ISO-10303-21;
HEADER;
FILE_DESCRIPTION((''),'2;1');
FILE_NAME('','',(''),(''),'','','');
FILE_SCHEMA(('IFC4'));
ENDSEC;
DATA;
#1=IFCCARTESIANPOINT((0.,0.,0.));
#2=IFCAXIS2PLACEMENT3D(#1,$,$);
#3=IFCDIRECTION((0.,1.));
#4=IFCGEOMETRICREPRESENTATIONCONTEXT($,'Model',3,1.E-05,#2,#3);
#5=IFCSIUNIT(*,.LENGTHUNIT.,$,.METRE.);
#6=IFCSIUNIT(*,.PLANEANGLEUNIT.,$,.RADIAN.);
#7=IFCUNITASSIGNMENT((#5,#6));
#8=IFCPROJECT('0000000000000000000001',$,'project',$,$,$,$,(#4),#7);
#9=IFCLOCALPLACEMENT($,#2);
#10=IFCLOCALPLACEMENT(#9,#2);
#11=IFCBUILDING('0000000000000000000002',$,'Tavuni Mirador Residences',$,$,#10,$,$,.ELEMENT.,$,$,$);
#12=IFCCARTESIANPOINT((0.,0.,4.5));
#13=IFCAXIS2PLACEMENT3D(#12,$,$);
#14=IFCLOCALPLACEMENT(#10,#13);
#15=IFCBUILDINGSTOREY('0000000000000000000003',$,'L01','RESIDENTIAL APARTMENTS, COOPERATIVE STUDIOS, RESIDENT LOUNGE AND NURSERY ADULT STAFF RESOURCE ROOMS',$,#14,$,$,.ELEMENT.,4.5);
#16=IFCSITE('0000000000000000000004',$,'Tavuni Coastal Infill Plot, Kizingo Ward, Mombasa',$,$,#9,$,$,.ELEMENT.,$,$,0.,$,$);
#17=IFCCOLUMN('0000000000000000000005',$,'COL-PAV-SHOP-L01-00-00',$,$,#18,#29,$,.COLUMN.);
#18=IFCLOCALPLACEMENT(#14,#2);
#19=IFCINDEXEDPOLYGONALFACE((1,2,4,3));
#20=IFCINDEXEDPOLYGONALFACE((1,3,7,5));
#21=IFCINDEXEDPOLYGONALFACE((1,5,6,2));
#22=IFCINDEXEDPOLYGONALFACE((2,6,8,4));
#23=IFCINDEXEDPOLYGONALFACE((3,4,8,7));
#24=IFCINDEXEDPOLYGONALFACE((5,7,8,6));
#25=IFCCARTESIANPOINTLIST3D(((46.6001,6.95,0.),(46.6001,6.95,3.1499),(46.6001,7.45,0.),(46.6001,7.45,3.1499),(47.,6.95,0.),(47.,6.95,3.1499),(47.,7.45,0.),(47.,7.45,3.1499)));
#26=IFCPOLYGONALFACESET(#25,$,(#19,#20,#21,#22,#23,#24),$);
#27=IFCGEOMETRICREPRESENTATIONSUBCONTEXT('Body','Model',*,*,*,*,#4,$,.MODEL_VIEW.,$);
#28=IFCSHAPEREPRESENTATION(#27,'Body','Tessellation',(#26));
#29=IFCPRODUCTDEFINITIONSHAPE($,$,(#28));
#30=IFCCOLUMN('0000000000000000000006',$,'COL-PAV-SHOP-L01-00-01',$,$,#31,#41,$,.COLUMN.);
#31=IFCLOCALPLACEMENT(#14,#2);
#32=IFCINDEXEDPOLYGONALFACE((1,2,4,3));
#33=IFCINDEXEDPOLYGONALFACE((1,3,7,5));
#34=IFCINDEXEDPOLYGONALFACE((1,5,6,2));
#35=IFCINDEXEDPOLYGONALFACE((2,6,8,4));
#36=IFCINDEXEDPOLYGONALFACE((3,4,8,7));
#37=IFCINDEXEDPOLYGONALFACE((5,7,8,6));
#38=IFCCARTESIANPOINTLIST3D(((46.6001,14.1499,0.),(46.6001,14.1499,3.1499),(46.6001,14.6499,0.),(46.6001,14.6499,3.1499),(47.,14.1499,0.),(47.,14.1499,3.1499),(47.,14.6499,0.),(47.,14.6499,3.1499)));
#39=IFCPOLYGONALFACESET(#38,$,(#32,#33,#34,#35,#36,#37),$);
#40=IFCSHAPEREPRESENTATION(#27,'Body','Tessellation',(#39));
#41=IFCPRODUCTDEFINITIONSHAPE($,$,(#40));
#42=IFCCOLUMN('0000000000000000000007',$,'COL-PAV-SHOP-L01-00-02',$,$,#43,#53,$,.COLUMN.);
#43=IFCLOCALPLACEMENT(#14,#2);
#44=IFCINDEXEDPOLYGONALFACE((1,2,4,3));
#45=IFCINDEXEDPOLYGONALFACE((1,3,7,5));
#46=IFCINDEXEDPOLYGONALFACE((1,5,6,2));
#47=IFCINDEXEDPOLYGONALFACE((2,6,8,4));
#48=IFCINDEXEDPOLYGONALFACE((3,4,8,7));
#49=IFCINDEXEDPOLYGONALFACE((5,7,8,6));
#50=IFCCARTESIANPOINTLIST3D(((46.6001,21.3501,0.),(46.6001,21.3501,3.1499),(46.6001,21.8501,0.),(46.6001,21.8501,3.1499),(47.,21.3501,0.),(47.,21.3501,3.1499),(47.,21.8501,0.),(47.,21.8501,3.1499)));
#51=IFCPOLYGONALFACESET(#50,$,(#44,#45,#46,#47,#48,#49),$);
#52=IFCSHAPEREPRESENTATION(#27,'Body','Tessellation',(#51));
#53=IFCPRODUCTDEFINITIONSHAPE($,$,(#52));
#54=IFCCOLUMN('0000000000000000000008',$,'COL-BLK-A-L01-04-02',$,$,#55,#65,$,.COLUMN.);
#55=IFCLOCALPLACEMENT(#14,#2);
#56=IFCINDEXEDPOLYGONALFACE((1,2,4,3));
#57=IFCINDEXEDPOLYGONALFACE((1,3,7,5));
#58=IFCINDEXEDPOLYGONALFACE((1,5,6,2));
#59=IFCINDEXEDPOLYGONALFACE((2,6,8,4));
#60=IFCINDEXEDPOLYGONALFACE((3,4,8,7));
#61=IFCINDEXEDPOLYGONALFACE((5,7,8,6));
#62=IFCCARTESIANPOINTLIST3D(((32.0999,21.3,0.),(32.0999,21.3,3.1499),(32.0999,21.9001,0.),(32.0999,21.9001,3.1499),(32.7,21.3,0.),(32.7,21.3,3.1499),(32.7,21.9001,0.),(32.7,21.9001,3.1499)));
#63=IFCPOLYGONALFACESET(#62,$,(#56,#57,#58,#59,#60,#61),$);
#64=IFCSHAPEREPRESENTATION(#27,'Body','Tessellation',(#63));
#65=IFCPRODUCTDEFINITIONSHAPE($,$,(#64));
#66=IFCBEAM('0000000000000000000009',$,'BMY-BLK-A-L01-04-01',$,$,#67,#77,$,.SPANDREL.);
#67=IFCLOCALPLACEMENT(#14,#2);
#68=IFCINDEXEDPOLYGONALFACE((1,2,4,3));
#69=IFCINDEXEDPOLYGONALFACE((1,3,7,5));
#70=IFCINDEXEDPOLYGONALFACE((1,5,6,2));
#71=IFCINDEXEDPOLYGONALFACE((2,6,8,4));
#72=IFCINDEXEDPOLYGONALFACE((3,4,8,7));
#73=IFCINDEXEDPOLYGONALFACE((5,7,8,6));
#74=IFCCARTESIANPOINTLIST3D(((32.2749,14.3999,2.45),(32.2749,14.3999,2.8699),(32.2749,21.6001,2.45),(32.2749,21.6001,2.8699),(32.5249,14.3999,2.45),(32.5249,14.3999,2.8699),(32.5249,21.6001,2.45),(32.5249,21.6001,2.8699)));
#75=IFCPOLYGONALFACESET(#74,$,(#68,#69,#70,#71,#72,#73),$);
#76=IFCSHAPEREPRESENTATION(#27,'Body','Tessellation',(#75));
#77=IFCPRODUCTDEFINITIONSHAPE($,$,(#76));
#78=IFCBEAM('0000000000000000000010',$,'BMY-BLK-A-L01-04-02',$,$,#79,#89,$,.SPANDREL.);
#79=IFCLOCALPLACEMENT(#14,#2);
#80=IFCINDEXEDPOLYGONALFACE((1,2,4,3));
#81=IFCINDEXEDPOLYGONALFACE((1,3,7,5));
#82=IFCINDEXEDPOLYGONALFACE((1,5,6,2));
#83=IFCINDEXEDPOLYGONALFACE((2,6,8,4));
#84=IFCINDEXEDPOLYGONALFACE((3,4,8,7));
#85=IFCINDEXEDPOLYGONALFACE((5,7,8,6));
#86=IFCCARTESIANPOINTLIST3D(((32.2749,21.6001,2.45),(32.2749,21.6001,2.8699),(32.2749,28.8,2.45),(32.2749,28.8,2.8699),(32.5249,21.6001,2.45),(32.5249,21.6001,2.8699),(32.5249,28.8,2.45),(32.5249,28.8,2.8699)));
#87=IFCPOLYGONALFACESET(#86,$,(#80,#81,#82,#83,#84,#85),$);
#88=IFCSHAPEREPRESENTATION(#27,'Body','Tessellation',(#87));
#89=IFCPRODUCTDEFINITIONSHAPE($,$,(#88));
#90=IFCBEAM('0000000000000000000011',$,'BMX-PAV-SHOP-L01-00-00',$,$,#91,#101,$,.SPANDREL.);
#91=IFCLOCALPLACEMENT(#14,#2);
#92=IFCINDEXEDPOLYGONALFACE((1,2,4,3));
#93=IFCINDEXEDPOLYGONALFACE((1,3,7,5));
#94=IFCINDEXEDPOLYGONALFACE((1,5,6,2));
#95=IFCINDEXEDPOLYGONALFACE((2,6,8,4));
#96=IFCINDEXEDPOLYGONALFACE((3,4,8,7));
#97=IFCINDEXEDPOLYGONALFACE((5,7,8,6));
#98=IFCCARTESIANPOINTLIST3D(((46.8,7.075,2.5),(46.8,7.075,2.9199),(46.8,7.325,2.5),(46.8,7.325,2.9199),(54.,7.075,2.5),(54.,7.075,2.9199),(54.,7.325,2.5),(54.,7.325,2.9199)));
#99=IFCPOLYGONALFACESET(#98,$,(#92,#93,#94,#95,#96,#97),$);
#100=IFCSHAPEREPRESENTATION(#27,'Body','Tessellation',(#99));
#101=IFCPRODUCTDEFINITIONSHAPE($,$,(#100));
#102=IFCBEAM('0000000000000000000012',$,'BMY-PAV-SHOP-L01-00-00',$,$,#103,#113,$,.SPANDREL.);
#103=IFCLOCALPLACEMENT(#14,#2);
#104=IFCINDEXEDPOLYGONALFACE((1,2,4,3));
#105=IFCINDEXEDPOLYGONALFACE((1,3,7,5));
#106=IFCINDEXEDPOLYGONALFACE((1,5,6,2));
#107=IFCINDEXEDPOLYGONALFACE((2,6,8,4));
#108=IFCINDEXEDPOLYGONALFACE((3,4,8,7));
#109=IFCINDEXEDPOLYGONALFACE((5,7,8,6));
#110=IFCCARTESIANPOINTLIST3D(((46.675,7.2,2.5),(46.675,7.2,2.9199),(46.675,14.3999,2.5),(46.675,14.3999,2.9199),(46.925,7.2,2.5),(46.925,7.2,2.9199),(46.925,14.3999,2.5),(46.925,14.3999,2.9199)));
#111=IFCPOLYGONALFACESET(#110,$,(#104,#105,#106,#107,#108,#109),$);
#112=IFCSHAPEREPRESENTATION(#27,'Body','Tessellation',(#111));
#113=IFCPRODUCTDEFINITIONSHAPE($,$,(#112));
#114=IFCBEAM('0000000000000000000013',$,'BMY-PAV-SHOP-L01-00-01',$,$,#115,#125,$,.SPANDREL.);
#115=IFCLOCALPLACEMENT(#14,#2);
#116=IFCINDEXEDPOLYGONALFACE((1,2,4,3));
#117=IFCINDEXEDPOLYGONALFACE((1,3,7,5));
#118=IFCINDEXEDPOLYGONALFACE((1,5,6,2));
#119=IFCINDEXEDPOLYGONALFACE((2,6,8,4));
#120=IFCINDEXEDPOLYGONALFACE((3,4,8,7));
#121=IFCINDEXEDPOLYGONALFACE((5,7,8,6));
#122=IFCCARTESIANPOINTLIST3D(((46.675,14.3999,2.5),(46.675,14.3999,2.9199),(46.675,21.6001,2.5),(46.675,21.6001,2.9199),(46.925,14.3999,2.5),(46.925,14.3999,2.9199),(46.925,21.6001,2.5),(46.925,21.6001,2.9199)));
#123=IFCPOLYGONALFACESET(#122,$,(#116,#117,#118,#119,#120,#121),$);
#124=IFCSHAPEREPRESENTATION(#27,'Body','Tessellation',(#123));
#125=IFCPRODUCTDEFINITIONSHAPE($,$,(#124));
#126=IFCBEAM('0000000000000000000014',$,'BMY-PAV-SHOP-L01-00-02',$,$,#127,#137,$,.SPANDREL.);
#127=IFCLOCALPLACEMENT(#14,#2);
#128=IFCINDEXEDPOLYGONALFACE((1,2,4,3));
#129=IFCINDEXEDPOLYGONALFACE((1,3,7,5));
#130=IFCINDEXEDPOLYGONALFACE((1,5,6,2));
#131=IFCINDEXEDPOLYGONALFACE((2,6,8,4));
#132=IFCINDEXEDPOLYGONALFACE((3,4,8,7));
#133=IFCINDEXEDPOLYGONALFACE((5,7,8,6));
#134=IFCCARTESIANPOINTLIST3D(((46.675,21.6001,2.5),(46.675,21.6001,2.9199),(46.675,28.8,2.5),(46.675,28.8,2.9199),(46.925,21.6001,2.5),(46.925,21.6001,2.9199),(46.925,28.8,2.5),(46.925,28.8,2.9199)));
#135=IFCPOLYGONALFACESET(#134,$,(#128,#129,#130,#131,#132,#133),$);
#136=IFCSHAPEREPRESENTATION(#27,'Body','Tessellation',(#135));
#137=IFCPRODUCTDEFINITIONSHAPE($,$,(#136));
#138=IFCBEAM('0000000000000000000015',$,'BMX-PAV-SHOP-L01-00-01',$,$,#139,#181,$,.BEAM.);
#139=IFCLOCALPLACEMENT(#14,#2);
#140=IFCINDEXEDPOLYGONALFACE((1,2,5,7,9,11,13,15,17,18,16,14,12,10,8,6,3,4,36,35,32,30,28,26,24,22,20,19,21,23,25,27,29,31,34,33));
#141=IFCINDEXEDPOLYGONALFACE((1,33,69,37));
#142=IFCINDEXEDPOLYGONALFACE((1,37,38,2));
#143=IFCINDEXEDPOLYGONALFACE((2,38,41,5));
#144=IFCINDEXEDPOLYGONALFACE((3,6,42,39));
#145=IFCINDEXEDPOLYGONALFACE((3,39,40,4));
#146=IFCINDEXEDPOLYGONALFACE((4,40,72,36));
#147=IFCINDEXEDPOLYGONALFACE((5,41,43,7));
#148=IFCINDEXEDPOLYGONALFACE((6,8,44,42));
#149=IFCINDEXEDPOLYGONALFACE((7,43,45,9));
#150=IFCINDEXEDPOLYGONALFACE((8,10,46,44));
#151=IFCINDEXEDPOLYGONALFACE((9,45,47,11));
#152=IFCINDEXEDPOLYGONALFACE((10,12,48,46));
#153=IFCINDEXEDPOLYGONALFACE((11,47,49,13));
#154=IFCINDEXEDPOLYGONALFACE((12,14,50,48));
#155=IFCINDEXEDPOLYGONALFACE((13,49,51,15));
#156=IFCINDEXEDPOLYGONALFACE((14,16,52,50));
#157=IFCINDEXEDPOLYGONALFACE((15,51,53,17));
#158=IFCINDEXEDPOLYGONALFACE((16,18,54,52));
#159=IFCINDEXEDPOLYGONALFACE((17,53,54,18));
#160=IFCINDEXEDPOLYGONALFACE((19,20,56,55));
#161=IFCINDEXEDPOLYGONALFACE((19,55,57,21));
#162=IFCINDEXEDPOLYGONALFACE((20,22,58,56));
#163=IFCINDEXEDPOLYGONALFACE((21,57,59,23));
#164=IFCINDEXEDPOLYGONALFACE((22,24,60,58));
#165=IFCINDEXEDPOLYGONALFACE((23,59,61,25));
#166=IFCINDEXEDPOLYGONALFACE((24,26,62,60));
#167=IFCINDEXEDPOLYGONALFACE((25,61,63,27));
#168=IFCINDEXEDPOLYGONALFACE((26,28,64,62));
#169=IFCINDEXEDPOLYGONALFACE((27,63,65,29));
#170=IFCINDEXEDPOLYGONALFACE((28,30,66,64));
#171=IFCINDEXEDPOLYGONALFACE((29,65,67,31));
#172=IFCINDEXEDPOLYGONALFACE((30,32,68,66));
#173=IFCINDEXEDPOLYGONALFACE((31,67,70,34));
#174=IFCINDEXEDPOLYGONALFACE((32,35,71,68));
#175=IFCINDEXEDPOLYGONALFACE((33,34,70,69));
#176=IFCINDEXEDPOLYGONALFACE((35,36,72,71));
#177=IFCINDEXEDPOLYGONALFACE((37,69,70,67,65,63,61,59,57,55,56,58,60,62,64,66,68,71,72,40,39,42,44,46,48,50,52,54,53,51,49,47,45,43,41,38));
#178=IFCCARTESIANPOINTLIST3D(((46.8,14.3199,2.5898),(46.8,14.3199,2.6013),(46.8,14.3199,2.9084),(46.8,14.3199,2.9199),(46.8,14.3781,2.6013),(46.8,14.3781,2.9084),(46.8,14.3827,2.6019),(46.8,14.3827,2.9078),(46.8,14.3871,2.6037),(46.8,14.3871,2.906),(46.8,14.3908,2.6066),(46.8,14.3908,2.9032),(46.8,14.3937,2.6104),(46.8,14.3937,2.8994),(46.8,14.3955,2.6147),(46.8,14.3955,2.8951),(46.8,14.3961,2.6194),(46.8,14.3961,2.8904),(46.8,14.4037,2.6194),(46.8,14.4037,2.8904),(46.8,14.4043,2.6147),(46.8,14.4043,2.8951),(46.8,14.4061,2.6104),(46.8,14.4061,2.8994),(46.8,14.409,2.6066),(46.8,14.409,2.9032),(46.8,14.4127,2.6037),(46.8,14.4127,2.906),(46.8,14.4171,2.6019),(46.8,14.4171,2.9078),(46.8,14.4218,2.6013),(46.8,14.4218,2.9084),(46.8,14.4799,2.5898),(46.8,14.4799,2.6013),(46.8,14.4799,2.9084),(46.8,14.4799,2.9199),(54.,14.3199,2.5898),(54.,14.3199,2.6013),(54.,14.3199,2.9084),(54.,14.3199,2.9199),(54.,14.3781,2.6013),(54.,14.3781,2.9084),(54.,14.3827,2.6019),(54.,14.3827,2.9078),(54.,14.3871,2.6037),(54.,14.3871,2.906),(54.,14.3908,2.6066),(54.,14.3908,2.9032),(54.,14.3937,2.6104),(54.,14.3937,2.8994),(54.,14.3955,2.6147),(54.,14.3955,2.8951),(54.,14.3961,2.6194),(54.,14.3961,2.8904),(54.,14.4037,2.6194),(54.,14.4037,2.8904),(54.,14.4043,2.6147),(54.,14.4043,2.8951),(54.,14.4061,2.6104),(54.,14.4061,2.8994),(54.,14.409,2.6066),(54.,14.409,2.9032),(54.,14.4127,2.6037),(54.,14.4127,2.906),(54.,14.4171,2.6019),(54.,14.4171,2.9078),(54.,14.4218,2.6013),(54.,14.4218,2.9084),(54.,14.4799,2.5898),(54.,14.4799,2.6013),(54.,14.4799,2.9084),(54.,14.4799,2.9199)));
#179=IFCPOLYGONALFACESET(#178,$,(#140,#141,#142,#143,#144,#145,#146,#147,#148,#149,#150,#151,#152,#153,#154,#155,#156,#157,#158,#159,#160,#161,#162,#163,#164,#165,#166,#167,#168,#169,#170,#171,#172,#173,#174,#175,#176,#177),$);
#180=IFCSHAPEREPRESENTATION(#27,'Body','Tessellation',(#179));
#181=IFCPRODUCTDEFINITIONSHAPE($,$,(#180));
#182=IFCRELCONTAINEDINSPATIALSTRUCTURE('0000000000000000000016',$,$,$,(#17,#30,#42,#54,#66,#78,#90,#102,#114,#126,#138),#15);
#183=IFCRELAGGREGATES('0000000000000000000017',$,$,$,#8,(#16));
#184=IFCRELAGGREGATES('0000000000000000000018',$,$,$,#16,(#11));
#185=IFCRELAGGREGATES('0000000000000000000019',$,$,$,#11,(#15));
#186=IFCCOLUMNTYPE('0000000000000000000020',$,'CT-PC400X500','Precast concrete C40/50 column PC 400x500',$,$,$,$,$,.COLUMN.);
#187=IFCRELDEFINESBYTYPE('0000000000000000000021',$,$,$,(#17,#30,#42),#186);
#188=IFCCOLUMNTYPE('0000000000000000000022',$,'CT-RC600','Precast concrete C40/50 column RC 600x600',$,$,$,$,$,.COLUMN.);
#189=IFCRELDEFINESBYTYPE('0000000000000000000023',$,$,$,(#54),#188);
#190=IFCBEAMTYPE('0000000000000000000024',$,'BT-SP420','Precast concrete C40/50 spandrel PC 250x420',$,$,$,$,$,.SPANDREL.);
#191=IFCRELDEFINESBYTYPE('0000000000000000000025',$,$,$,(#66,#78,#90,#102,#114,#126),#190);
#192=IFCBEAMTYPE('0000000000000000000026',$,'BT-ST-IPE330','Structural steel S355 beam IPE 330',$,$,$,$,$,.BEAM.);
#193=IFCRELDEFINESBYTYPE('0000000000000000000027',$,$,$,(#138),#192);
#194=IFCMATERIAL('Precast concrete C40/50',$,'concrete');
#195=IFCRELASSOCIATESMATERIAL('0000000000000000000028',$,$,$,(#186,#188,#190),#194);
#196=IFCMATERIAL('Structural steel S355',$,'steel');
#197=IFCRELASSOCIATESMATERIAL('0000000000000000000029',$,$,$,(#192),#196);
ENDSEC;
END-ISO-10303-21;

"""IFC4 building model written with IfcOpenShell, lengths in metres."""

from ifc_helpers import new_model, si_unit, direction, frame, origin, origin_2d, place, context, subcontext, project, spatial, rectangle, i_section, extrude, material, material_profile, profile_set, type_object, element, save


model = new_model("IFC4")

# Units and contexts
model_context = context("Model", 3, precision=1e-05, world=origin(), true_north=direction((0.0, 1.0)))
body_context = subcontext(model_context, "Body", "Model", "MODEL_VIEW")
ifc_project = project(units=[si_unit("LENGTHUNIT", "METRE"), si_unit("PLANEANGLEUNIT", "RADIAN")], contexts=[model_context])

# Site, building, storey
site_placement = place(None, origin())
site = spatial("IfcSite", under=ifc_project, at=site_placement, Name="Tavuni Coastal Infill Plot, Kizingo Ward, Mombasa", CompositionType="ELEMENT", RefElevation=0.0)
building_placement = place(site_placement, origin())
building = spatial("IfcBuilding", under=site, at=building_placement, Name="Tavuni Mirador Residences", CompositionType="ELEMENT")
storey_placement = place(building_placement, frame((0.0, 0.0, 4.5)))
storey = spatial("IfcBuildingStorey", under=building, at=storey_placement, Name="L01", Description="RESIDENTIAL APARTMENTS, COOPERATIVE STUDIOS, RESIDENT LOUNGE AND NURSERY ADULT STAFF RESOURCE ROOMS", CompositionType="ELEMENT", Elevation=4.5)

# Columns
ifc_material_1 = material(Name="Precast concrete C40/50", Category="concrete")
ifc_material_profile_1 = material_profile(ifc_material_1, rectangle(XDim=0.3999, YDim=0.5, at=origin_2d()), Name="PC 400x500", Category="concrete")
ifc_profile_set_1 = profile_set([ifc_material_profile_1], Name="Precast concrete C40/50")
column_type_1 = type_object("IfcColumnType", Name="CT-PC400X500", Description="Precast concrete C40/50 column PC 400x500", PredefinedType="COLUMN", material=ifc_profile_set_1)
for number, where, z_axis, x_axis, name in (
    (1, (46.8, 7.2, 0.0), (0.0, 0.0, 1.0), (1.0, 0.0, 0.0), "COL-PAV-SHOP-L01-00-00"),
    (2, (46.8, 14.3999, 0.0), (0.0, 0.0, 1.0), (1.0, 0.0, 0.0), "COL-PAV-SHOP-L01-00-01"),
    (3, (46.8, 21.6001, 0.0), (0.0, 0.0, 1.0), (1.0, 0.0, 0.0), "COL-PAV-SHOP-L01-00-02"),
):
    element("IfcColumn", number, at=place(storey_placement, frame(where, z_axis=z_axis, x_axis=x_axis)), inside=storey, type_object=column_type_1, Name=name, PredefinedType="COLUMN", context=body_context, shape_type="SweptSolid", body=[
        extrude(rectangle(XDim=0.3999, YDim=0.5, at=origin_2d()), origin(), (0.0, 0.0, 1.0), 3.1499),
    ])
ifc_material_profile_2 = material_profile(ifc_material_1, rectangle(XDim=0.6001, YDim=0.6001, at=origin_2d()), Name="RC 600x600", Category="concrete")
ifc_profile_set_2 = profile_set([ifc_material_profile_2], Name="Precast concrete C40/50")
column_type_2 = type_object("IfcColumnType", Name="CT-RC600", Description="Precast concrete C40/50 column RC 600x600", PredefinedType="COLUMN", material=ifc_profile_set_2)
column_placement = place(storey_placement, frame((32.3999, 21.6001, 0.0), z_axis=(0.0, 0.0, 1.0), x_axis=(1.0, 0.0, 0.0)))
element("IfcColumn", 4, at=column_placement, inside=storey, type_object=column_type_2, Name="COL-BLK-A-L01-04-02", PredefinedType="COLUMN", context=body_context, shape_type="SweptSolid", body=[
    extrude(rectangle(XDim=0.6001, YDim=0.6001, at=origin_2d()), origin(), (0.0, 0.0, 1.0), 3.1499),
])

# Beams
ifc_material_profile_3 = material_profile(ifc_material_1, rectangle(XDim=0.25, YDim=0.4199, at=origin_2d()), Name="PC 250x420", Category="concrete")
ifc_profile_set_3 = profile_set([ifc_material_profile_3], Name="Precast concrete C40/50")
beam_type_1 = type_object("IfcBeamType", Name="BT-SP420", Description="Precast concrete C40/50 spandrel PC 250x420", PredefinedType="SPANDREL", material=ifc_profile_set_3)
beam_1_placement = place(storey_placement, frame((32.3999, 14.3999, 2.6599), z_axis=(0.0, 1.0, 0.0), x_axis=(-1.0, 0.0, 0.0)))
element("IfcBeam", 5, at=beam_1_placement, inside=storey, type_object=beam_type_1, Name="BMY-BLK-A-L01-04-01", PredefinedType="SPANDREL", context=body_context, shape_type="SweptSolid", body=[
    extrude(rectangle(XDim=0.25, YDim=0.4199, at=origin_2d()), origin(), (0.0, 0.0, 1.0), 7.2002),
])
for number, where, z_axis, x_axis, name in (
    (6, (32.3999, 21.6001, 2.6599), (0.0, 1.0, 0.0), (-1.0, 0.0, 0.0), "BMY-BLK-A-L01-04-02"),
    (7, (46.8, 7.2, 2.71), (1.0, 0.0, 0.0), (0.0, 1.0, 0.0), "BMX-PAV-SHOP-L01-00-00"),
    (8, (46.8, 7.2, 2.71), (0.0, 1.0, 0.0), (-1.0, 0.0, 0.0), "BMY-PAV-SHOP-L01-00-00"),
):
    element("IfcBeam", number, at=place(storey_placement, frame(where, z_axis=z_axis, x_axis=x_axis)), inside=storey, type_object=beam_type_1, Name=name, PredefinedType="SPANDREL", context=body_context, shape_type="SweptSolid", body=[
        extrude(rectangle(XDim=0.25, YDim=0.4199, at=origin_2d()), origin(), (0.0, 0.0, 1.0), 7.2),
    ])
beam_2_placement = place(storey_placement, frame((46.8, 14.3999, 2.71), z_axis=(0.0, 1.0, 0.0), x_axis=(-1.0, 0.0, 0.0)))
element("IfcBeam", 9, at=beam_2_placement, inside=storey, type_object=beam_type_1, Name="BMY-PAV-SHOP-L01-00-01", PredefinedType="SPANDREL", context=body_context, shape_type="SweptSolid", body=[
    extrude(rectangle(XDim=0.25, YDim=0.4199, at=origin_2d()), origin(), (0.0, 0.0, 1.0), 7.2002),
])
beam_3_placement = place(storey_placement, frame((46.8, 21.6001, 2.71), z_axis=(0.0, 1.0, 0.0), x_axis=(-1.0, 0.0, 0.0)))
element("IfcBeam", 10, at=beam_3_placement, inside=storey, type_object=beam_type_1, Name="BMY-PAV-SHOP-L01-00-02", PredefinedType="SPANDREL", context=body_context, shape_type="SweptSolid", body=[
    extrude(rectangle(XDim=0.25, YDim=0.4199, at=origin_2d()), origin(), (0.0, 0.0, 1.0), 7.2),
])
ifc_material_2 = material(Name="Structural steel S355", Category="steel")
ifc_material_profile_4 = material_profile(ifc_material_2, i_section(OverallWidth=0.1599, OverallDepth=0.3301, WebThickness=0.0076, FlangeThickness=0.0115, FilletRadius=0.0181, at=origin_2d()), Name="IPE 330", Category="steel")
ifc_profile_set_4 = profile_set([ifc_material_profile_4], Name="Structural steel S355")
beam_type_2 = type_object("IfcBeamType", Name="BT-ST-IPE330", Description="Structural steel S355 beam IPE 330", PredefinedType="BEAM", material=ifc_profile_set_4)
for number, where, z_axis, x_axis, name in (
    (11, (46.8, 14.3999, 2.7549), (1.0, 0.0, 0.0), (0.0, 1.0, 0.0), "BMX-PAV-SHOP-L01-00-01"),
):
    element("IfcBeam", number, at=place(storey_placement, frame(where, z_axis=z_axis, x_axis=x_axis)), inside=storey, type_object=beam_type_2, Name=name, PredefinedType="BEAM", context=body_context, shape_type="SweptSolid", body=[
        extrude(i_section(OverallWidth=0.1599, OverallDepth=0.3301, WebThickness=0.0076, FlangeThickness=0.0115, FilletRadius=0.0181, at=origin_2d()), origin(), (0.0, 0.0, 1.0), 7.2),
    ])

save(model, "model.ifc")
